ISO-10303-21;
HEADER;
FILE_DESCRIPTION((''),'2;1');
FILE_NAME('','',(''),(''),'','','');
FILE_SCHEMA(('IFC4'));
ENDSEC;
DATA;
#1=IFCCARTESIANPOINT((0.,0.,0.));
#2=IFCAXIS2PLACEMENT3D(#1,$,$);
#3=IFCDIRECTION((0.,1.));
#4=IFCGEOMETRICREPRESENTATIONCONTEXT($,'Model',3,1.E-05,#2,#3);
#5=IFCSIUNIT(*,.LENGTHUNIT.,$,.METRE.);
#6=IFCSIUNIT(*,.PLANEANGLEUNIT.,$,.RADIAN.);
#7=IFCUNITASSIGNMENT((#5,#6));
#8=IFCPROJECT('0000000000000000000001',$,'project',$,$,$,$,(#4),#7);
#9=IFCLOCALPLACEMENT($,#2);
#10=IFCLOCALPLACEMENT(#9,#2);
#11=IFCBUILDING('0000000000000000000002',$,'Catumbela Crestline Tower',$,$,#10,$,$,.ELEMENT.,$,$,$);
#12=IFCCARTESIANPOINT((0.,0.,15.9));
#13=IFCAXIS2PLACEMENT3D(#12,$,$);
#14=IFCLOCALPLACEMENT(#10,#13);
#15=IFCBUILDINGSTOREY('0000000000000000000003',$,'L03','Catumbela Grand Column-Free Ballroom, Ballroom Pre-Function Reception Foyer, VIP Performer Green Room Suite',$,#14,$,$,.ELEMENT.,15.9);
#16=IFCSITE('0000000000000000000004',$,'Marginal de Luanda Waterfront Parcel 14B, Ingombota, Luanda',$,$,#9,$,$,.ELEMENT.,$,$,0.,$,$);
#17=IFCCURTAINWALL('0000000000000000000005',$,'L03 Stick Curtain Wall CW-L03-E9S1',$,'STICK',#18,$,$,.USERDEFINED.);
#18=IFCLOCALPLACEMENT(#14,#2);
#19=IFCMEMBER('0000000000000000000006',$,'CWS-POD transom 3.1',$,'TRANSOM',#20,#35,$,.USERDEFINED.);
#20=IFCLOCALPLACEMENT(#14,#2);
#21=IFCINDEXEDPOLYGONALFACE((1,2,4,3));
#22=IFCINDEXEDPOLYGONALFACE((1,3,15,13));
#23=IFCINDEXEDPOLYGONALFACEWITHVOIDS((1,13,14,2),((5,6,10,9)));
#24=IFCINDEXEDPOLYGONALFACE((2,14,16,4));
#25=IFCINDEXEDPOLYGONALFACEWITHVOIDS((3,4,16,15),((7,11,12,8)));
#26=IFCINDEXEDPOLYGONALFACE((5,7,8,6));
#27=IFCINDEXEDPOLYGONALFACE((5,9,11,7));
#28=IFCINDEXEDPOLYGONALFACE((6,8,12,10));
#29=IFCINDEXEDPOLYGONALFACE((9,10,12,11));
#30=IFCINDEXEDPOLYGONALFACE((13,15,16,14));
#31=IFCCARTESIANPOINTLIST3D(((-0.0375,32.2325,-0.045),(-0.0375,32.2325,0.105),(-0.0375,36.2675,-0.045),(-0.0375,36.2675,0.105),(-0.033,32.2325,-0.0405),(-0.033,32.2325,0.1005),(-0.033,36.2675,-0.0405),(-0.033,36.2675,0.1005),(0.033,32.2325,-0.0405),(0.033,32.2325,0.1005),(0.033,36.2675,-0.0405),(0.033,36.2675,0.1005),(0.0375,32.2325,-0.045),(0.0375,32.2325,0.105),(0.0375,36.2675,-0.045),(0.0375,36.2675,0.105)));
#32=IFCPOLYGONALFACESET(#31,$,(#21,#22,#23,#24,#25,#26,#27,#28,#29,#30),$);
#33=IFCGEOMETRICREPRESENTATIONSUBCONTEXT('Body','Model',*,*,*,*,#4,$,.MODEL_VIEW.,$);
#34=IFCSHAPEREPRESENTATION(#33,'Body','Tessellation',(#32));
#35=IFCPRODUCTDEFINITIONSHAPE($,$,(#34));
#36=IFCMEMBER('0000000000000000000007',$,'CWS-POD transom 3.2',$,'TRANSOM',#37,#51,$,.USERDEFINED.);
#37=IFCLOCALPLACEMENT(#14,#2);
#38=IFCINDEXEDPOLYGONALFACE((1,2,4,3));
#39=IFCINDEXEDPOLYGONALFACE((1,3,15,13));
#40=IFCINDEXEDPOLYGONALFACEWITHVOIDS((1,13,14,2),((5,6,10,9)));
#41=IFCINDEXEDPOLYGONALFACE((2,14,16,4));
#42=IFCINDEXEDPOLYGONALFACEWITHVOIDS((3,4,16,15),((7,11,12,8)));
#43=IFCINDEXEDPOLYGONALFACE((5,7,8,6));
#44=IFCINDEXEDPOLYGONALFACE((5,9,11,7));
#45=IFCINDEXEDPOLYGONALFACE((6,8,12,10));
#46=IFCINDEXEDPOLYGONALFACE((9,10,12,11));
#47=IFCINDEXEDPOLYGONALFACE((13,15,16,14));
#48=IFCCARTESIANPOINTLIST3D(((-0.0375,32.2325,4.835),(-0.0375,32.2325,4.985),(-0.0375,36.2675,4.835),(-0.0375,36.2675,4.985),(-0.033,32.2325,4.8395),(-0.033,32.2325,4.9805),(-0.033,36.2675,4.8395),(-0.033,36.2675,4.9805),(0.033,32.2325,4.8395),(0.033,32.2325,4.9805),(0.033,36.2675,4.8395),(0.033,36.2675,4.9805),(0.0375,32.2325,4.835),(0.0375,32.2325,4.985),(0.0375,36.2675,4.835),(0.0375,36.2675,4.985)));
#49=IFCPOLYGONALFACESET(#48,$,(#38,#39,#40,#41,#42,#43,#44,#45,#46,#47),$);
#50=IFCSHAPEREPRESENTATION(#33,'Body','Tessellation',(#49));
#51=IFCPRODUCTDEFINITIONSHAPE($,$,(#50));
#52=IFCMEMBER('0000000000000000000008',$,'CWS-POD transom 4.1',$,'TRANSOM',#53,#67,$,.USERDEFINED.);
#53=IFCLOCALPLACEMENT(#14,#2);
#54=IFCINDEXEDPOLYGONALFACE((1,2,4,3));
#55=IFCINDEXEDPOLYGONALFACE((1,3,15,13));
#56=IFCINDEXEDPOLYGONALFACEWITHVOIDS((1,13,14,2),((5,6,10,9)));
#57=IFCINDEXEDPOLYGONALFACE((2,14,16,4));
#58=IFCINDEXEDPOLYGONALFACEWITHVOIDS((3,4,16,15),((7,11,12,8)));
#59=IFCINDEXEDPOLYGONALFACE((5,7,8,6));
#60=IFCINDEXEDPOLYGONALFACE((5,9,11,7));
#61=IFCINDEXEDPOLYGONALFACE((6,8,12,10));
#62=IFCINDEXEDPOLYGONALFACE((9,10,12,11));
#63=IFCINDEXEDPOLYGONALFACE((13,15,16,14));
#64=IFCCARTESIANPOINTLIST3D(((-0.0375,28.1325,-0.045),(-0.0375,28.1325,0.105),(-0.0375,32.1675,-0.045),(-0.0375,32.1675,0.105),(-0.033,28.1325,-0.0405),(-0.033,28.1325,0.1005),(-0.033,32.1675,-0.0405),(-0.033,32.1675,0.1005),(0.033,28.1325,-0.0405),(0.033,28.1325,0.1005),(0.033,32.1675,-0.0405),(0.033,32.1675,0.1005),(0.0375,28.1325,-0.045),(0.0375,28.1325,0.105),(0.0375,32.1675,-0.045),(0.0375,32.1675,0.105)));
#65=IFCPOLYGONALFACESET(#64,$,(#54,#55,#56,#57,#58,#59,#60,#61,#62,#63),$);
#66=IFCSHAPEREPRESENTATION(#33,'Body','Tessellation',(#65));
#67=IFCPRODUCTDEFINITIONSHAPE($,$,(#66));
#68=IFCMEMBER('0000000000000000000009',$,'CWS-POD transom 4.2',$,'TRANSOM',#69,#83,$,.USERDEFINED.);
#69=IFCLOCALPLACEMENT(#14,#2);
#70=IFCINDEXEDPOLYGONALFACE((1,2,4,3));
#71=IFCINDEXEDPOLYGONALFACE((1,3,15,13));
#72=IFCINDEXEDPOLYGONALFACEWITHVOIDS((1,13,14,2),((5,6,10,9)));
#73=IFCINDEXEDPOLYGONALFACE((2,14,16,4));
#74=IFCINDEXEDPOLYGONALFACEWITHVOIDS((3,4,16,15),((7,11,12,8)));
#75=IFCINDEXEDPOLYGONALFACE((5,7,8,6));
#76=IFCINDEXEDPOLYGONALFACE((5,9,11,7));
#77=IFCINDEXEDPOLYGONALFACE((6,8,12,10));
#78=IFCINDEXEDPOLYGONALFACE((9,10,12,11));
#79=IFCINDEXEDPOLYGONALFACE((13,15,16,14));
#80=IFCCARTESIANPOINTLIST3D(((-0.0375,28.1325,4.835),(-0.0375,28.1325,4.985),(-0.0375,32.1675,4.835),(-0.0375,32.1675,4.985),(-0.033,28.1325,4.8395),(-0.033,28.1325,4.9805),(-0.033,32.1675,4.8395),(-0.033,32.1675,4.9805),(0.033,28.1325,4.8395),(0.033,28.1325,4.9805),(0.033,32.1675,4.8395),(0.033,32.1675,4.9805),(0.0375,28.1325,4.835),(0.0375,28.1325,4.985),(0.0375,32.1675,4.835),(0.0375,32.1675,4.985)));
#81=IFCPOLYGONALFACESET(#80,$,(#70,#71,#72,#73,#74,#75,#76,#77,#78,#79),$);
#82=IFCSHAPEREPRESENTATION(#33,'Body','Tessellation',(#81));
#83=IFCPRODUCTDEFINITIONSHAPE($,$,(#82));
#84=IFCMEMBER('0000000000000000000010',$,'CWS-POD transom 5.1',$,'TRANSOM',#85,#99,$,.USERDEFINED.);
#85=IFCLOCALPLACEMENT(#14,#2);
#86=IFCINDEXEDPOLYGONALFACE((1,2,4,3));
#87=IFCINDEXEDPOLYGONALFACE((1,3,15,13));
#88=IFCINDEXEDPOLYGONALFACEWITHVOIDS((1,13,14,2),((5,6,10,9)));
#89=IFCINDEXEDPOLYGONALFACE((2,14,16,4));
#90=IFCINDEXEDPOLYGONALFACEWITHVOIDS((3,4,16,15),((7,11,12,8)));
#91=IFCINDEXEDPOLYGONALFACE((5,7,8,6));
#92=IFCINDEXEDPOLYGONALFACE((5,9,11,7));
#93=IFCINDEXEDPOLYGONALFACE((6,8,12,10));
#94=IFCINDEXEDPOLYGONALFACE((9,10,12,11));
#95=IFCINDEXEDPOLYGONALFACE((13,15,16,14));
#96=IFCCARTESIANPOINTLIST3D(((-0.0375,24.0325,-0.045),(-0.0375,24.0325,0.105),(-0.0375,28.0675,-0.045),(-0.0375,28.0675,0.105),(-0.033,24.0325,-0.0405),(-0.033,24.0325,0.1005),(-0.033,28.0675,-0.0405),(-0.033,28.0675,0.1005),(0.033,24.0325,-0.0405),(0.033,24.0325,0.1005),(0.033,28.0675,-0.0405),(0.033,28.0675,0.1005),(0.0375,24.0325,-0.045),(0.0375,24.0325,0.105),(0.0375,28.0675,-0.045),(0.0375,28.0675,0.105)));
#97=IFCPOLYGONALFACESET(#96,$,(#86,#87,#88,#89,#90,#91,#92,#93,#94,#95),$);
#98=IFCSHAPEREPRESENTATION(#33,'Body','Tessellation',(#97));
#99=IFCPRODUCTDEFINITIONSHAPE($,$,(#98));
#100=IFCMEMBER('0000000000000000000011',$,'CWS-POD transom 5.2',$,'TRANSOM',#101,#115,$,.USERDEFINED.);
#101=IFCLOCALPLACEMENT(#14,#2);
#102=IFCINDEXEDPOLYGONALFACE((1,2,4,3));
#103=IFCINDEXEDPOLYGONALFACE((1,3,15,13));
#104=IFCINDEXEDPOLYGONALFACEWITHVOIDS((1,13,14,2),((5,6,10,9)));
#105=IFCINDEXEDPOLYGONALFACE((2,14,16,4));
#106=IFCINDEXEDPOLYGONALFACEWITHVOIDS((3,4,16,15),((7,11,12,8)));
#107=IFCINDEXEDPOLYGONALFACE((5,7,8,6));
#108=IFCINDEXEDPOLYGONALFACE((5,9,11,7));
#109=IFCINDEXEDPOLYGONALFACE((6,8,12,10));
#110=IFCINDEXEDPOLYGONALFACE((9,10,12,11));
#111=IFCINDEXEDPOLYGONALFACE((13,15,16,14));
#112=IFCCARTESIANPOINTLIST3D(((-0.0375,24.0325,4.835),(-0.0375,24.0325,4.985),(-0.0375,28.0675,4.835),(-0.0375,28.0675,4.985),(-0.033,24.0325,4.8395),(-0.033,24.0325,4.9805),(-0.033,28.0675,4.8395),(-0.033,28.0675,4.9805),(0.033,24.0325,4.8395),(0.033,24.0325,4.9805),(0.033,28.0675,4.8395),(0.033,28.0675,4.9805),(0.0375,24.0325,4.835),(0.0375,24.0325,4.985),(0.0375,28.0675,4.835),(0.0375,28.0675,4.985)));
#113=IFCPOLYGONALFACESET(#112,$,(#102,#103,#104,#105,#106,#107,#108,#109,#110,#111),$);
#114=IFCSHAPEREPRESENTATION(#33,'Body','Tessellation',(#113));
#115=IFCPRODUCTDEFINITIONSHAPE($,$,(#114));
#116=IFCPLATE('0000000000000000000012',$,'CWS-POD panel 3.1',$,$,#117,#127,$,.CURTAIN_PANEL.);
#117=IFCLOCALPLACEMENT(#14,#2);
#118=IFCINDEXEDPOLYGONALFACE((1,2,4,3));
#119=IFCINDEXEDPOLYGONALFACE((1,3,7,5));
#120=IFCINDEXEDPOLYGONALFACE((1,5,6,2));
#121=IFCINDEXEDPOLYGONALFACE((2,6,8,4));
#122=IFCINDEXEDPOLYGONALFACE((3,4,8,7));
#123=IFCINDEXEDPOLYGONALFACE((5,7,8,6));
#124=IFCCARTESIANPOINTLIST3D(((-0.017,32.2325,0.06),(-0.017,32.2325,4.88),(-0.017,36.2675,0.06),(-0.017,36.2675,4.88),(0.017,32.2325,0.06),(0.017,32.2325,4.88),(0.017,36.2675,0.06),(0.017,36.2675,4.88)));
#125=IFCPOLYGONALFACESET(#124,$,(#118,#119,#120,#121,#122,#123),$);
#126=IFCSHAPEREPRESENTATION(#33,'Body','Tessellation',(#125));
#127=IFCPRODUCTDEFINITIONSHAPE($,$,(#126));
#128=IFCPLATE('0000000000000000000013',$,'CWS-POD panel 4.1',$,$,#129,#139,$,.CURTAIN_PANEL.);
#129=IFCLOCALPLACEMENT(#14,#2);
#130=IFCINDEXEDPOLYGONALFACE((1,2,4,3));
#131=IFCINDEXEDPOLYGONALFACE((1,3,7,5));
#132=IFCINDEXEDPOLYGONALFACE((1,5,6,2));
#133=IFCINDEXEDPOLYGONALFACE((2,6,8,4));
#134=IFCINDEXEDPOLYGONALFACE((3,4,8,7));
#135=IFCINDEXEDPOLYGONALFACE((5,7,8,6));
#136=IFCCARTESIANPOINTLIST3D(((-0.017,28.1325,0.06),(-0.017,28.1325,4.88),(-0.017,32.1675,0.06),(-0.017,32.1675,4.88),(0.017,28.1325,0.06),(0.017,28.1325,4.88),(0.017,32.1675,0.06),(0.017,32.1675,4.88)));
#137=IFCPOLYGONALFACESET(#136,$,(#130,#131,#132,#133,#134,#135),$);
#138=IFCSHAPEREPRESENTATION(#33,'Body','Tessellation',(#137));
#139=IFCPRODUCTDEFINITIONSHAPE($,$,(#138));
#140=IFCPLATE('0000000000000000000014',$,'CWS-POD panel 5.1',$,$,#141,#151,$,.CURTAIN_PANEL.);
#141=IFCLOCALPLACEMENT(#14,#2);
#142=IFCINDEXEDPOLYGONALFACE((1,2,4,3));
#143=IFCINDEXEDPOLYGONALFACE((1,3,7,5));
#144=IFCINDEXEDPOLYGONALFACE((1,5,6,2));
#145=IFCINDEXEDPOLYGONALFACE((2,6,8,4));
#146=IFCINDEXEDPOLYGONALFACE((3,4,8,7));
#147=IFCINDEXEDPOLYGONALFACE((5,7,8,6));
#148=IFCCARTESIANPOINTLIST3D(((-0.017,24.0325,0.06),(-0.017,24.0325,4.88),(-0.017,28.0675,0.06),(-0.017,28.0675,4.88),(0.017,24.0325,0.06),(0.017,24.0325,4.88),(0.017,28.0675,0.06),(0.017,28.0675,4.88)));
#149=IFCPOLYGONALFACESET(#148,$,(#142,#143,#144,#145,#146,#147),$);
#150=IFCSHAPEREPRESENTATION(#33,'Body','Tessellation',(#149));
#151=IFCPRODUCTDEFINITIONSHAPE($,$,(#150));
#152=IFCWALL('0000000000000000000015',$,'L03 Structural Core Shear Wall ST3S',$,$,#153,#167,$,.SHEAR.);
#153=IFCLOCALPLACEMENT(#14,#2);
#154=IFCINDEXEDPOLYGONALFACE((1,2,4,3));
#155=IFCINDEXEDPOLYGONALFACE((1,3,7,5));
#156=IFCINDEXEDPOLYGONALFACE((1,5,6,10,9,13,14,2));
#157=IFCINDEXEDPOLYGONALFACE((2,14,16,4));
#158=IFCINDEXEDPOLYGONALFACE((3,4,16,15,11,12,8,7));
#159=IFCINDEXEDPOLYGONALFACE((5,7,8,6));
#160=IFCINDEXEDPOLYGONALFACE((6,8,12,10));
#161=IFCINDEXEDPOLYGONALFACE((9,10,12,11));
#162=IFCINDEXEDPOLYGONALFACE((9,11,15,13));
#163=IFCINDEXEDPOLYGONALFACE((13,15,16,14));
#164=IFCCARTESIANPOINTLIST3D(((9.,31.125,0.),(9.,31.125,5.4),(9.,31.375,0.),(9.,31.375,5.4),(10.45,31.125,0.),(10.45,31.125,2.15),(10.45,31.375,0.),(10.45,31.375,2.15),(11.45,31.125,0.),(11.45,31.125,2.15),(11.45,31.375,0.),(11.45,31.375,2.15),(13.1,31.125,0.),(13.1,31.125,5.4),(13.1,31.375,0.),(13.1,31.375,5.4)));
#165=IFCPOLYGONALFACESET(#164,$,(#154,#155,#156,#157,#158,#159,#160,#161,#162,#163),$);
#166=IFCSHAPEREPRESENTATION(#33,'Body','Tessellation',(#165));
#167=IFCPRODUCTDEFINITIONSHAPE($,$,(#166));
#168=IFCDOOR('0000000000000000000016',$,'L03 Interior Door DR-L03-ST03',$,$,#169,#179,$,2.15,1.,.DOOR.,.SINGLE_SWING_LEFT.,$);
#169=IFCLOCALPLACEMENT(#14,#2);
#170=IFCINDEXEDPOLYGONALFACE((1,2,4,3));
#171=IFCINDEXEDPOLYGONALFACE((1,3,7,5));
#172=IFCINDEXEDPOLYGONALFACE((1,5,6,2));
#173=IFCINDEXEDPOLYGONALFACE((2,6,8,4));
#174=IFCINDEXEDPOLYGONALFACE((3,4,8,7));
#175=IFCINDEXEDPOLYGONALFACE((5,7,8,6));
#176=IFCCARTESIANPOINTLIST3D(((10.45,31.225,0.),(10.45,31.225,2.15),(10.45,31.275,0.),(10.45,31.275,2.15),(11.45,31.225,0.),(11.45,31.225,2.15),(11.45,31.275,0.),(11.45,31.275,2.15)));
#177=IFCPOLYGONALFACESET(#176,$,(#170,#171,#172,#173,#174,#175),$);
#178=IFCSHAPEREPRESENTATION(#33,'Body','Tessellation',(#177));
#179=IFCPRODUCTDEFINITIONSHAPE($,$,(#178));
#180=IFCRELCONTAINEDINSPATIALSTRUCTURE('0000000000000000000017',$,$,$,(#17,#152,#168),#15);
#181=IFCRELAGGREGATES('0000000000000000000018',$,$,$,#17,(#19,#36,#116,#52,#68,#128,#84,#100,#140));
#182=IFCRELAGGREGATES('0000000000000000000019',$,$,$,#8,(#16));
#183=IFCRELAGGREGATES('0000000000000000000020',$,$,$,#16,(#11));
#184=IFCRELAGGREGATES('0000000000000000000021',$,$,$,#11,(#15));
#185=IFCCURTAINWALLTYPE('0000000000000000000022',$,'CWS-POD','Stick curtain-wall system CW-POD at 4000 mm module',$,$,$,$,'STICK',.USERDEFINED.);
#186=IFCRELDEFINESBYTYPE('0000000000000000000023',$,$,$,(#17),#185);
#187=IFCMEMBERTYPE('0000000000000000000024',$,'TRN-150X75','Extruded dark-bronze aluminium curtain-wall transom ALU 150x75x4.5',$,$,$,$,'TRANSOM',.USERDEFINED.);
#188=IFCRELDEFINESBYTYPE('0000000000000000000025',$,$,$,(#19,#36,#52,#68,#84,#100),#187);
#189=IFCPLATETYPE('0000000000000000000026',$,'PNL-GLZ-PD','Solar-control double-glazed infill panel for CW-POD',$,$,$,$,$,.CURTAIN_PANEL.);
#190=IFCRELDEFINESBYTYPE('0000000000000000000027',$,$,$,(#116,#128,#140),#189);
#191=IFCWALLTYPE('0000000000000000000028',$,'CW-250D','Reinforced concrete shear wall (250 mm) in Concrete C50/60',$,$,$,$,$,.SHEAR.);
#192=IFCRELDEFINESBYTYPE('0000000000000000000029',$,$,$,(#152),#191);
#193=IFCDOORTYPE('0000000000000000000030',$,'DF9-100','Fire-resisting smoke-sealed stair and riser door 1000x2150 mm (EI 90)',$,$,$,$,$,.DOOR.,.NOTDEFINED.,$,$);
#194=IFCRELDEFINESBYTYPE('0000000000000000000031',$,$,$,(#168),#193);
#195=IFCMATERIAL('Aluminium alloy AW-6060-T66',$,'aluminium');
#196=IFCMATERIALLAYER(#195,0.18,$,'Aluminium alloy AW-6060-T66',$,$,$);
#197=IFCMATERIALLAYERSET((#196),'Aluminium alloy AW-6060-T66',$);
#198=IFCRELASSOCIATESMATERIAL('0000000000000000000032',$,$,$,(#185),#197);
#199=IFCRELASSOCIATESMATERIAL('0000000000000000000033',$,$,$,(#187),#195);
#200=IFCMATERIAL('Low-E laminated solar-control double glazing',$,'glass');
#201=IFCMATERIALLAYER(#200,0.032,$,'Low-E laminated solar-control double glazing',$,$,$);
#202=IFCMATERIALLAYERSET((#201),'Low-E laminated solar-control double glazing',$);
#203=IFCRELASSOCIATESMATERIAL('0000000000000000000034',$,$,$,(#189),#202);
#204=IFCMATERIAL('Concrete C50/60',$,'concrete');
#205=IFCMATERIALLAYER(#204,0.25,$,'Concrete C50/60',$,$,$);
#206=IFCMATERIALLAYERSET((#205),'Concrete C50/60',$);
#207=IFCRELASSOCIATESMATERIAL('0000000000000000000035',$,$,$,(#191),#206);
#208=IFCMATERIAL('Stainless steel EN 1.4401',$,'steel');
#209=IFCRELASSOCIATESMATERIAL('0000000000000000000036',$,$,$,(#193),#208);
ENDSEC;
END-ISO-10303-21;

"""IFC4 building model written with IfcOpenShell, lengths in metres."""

from ifc_helpers import new_model, si_unit, direction, frame, frame_2d, origin, origin_2d, place, context, subcontext, project, spatial, rectangle, hollow_rectangle, extrude, material, layer, layer_set, material_profile, profile_set, type_object, element, fill, aggregate, save


model = new_model("IFC4")

# Units and contexts
model_context = context("Model", 3, precision=1e-05, world=origin(), true_north=direction((0.0, 1.0)))
body_context = subcontext(model_context, "Body", "Model", "MODEL_VIEW")
ifc_project = project(units=[si_unit("LENGTHUNIT", "METRE"), si_unit("PLANEANGLEUNIT", "RADIAN")], contexts=[model_context])

# Site, building, storey
site_placement = place(None, origin())
site = spatial("IfcSite", under=ifc_project, at=site_placement, Name="Marginal de Luanda Waterfront Parcel 14B, Ingombota, Luanda", CompositionType="ELEMENT", RefElevation=0.0)
building_placement = place(site_placement, origin())
building = spatial("IfcBuilding", under=site, at=building_placement, Name="Catumbela Crestline Tower", CompositionType="ELEMENT")
storey_placement = place(building_placement, frame((0.0, 0.0, 15.9)))
storey = spatial("IfcBuildingStorey", under=building, at=storey_placement, Name="L03", Description="Catumbela Grand Column-Free Ballroom, Ballroom Pre-Function Reception Foyer, VIP Performer Green Room Suite", CompositionType="ELEMENT", Elevation=15.9)

# Curtain wall
ifc_material_1 = material(Name="Aluminium alloy AW-6060-T66", Category="aluminium")
ifc_layer_1 = layer(ifc_material_1, 0.18, Name="Aluminium alloy AW-6060-T66")
ifc_layer_set_1 = layer_set([ifc_layer_1], Name="Aluminium alloy AW-6060-T66")
curtain_wall_type = type_object("IfcCurtainWallType", Name="CWS-POD", Description="Stick curtain-wall system CW-POD at 4000 mm module", ElementType="STICK", PredefinedType="USERDEFINED", material=ifc_layer_set_1)
curtain_wall_placement = place(storey_placement, origin())
curtain_wall = element("IfcCurtainWall", 1, at=curtain_wall_placement, inside=storey, type_object=curtain_wall_type, Name="L03 Stick Curtain Wall CW-L03-E9S1", ObjectType="STICK", PredefinedType="USERDEFINED")

# Members
ifc_material_profile_1 = material_profile(ifc_material_1, hollow_rectangle(XDim=0.075, YDim=0.15, WallThickness=0.0045, at=origin_2d()), Name="ALU 150x75x4.5")
ifc_profile_set_1 = profile_set([ifc_material_profile_1], Name="Aluminium alloy AW-6060-T66")
member_type_1 = type_object("IfcMemberType", Name="TRN-150X75", Description="Extruded dark-bronze aluminium curtain-wall transom ALU 150x75x4.5", ElementType="TRANSOM", PredefinedType="USERDEFINED", material=ifc_profile_set_1)
member_1_placement = place(storey_placement, frame((0.0, 36.2675, 0.03), z_axis=(0.0, -1.0, 0.0), x_axis=(1.0, 0.0, 0.0)))
member_1 = element("IfcMember", 2, at=member_1_placement, type_object=member_type_1, Name="CWS-POD transom 3.1", ObjectType="TRANSOM", PredefinedType="USERDEFINED", context=body_context, shape_type="SweptSolid", body=[
    extrude(hollow_rectangle(XDim=0.075, YDim=0.15, WallThickness=0.0045, at=origin_2d()), origin(), (0.0, 0.0, 1.0), 4.035),
])
member_2_placement = place(storey_placement, frame((0.0, 36.2675, 4.91), z_axis=(0.0, -1.0, 0.0), x_axis=(1.0, 0.0, 0.0)))
member_2 = element("IfcMember", 3, at=member_2_placement, type_object=member_type_1, Name="CWS-POD transom 3.2", ObjectType="TRANSOM", PredefinedType="USERDEFINED", context=body_context, shape_type="SweptSolid", body=[
    extrude(hollow_rectangle(XDim=0.075, YDim=0.15, WallThickness=0.0045, at=origin_2d()), origin(), (0.0, 0.0, 1.0), 4.035),
])
member_3_placement = place(storey_placement, frame((0.0, 32.1675, 0.03), z_axis=(0.0, -1.0, 0.0), x_axis=(1.0, 0.0, 0.0)))
member_3 = element("IfcMember", 4, at=member_3_placement, type_object=member_type_1, Name="CWS-POD transom 4.1", ObjectType="TRANSOM", PredefinedType="USERDEFINED", context=body_context, shape_type="SweptSolid", body=[
    extrude(hollow_rectangle(XDim=0.075, YDim=0.15, WallThickness=0.0045, at=origin_2d()), origin(), (0.0, 0.0, 1.0), 4.035),
])
member_4_placement = place(storey_placement, frame((0.0, 32.1675, 4.91), z_axis=(0.0, -1.0, 0.0), x_axis=(1.0, 0.0, 0.0)))
member_4 = element("IfcMember", 5, at=member_4_placement, type_object=member_type_1, Name="CWS-POD transom 4.2", ObjectType="TRANSOM", PredefinedType="USERDEFINED", context=body_context, shape_type="SweptSolid", body=[
    extrude(hollow_rectangle(XDim=0.075, YDim=0.15, WallThickness=0.0045, at=origin_2d()), origin(), (0.0, 0.0, 1.0), 4.035),
])
member_5_placement = place(storey_placement, frame((0.0, 28.0675, 0.03), z_axis=(0.0, -1.0, 0.0), x_axis=(1.0, 0.0, 0.0)))
member_5 = element("IfcMember", 6, at=member_5_placement, type_object=member_type_1, Name="CWS-POD transom 5.1", ObjectType="TRANSOM", PredefinedType="USERDEFINED", context=body_context, shape_type="SweptSolid", body=[
    extrude(hollow_rectangle(XDim=0.075, YDim=0.15, WallThickness=0.0045, at=origin_2d()), origin(), (0.0, 0.0, 1.0), 4.035),
])
member_6_placement = place(storey_placement, frame((0.0, 28.0675, 4.91), z_axis=(0.0, -1.0, 0.0), x_axis=(1.0, 0.0, 0.0)))
member_6 = element("IfcMember", 7, at=member_6_placement, type_object=member_type_1, Name="CWS-POD transom 5.2", ObjectType="TRANSOM", PredefinedType="USERDEFINED", context=body_context, shape_type="SweptSolid", body=[
    extrude(hollow_rectangle(XDim=0.075, YDim=0.15, WallThickness=0.0045, at=origin_2d()), origin(), (0.0, 0.0, 1.0), 4.035),
])

# Plates
ifc_material_2 = material(Name="Low-E laminated solar-control double glazing", Category="glass")
ifc_layer_2 = layer(ifc_material_2, 0.032, Name="Low-E laminated solar-control double glazing")
ifc_layer_set_2 = layer_set([ifc_layer_2], Name="Low-E laminated solar-control double glazing")
plate_type = type_object("IfcPlateType", Name="PNL-GLZ-PD", Description="Solar-control double-glazed infill panel for CW-POD", PredefinedType="CURTAIN_PANEL", material=ifc_layer_set_2)
plate_1_placement = place(storey_placement, frame((0.0, 34.25, 0.06), z_axis=(0.0, 0.0, 1.0), x_axis=(0.0, -1.0, 0.0)))
plate_1 = element("IfcPlate", 8, at=plate_1_placement, type_object=plate_type, Name="CWS-POD panel 3.1", PredefinedType="CURTAIN_PANEL", context=body_context, shape_type="SweptSolid", body=[
    extrude(rectangle(XDim=4.035, YDim=0.034, at=origin_2d()), origin(), (0.0, 0.0, 1.0), 4.82),
])
plate_2_placement = place(storey_placement, frame((0.0, 30.15, 0.06), z_axis=(0.0, 0.0, 1.0), x_axis=(0.0, -1.0, 0.0)))
plate_2 = element("IfcPlate", 9, at=plate_2_placement, type_object=plate_type, Name="CWS-POD panel 4.1", PredefinedType="CURTAIN_PANEL", context=body_context, shape_type="SweptSolid", body=[
    extrude(rectangle(XDim=4.035, YDim=0.034, at=origin_2d()), origin(), (0.0, 0.0, 1.0), 4.82),
])
plate_3_placement = place(storey_placement, frame((0.0, 26.05, 0.06), z_axis=(0.0, 0.0, 1.0), x_axis=(0.0, -1.0, 0.0)))
plate_3 = element("IfcPlate", 10, at=plate_3_placement, type_object=plate_type, Name="CWS-POD panel 5.1", PredefinedType="CURTAIN_PANEL", context=body_context, shape_type="SweptSolid", body=[
    extrude(rectangle(XDim=4.035, YDim=0.034, at=origin_2d()), origin(), (0.0, 0.0, 1.0), 4.82),
])
aggregate(curtain_wall, [member_1, member_2, plate_1, member_3, member_4, plate_2, member_5, member_6, plate_3])

# Wall, opening, door
ifc_material_3 = material(Name="Concrete C50/60", Category="concrete")
ifc_layer_3 = layer(ifc_material_3, 0.25, Name="Concrete C50/60")
ifc_layer_set_3 = layer_set([ifc_layer_3], Name="Concrete C50/60")
wall_type_1 = type_object("IfcWallType", Name="CW-250D", Description="Reinforced concrete shear wall (250 mm) in Concrete C50/60", PredefinedType="SHEAR", material=ifc_layer_set_3)
wall_1_placement = place(storey_placement, frame((9.0, 31.25, 0.0), z_axis=(0.0, 0.0, 1.0), x_axis=(1.0, 0.0, 0.0)))
wall_1 = element("IfcWall", 11, at=wall_1_placement, inside=storey, type_object=wall_type_1, Name="L03 Structural Core Shear Wall ST3S", PredefinedType="SHEAR", context=body_context, shape_type="SweptSolid", body=[
    extrude(rectangle(XDim=4.1, YDim=0.25, at=frame_2d((2.05, 0.0))), origin(), (0.0, 0.0, 1.0), 5.4),
])
opening_1_placement = place(wall_1_placement, frame((1.45, 0.0, 0.0)))
opening_1 = element("IfcOpeningElement", 12, at=opening_1_placement, cuts=wall_1, PredefinedType="OPENING", context=body_context, shape_type="SweptSolid", body=[
    extrude(rectangle(XDim=1.0, YDim=2.15, at=frame_2d((0.5, 1.075))), frame((0.0, 0.135, 0.0), z_axis=(0.0, -1.0, 0.0), x_axis=(1.0, 0.0, 0.0)), (0.0, 0.0, 1.0), 0.27),
])
ifc_material_4 = material(Name="Stainless steel EN 1.4401", Category="steel")
door_type_1 = type_object("IfcDoorType", Name="DF9-100", Description="Fire-resisting smoke-sealed stair and riser door 1000x2150 mm (EI 90)", OperationType="NOTDEFINED", PredefinedType="DOOR", material=ifc_material_4)
door_1_placement = place(opening_1_placement, origin())
door_1 = element("IfcDoor", 13, at=door_1_placement, inside=storey, type_object=door_type_1, Name="L03 Interior Door DR-L03-ST03", OperationType="SINGLE_SWING_LEFT", OverallHeight=2.15, OverallWidth=1.0, PredefinedType="DOOR", context=body_context, shape_type="SweptSolid", body=[
    extrude(rectangle(XDim=1.0, YDim=2.15, at=frame_2d((0.5, 1.075))), frame((0.0, 0.025, 0.0), z_axis=(0.0, -1.0, 0.0), x_axis=(1.0, 0.0, 0.0)), (0.0, 0.0, 1.0), 0.05),
])
fill(opening_1, door_1)

save(model, "model.ifc")
